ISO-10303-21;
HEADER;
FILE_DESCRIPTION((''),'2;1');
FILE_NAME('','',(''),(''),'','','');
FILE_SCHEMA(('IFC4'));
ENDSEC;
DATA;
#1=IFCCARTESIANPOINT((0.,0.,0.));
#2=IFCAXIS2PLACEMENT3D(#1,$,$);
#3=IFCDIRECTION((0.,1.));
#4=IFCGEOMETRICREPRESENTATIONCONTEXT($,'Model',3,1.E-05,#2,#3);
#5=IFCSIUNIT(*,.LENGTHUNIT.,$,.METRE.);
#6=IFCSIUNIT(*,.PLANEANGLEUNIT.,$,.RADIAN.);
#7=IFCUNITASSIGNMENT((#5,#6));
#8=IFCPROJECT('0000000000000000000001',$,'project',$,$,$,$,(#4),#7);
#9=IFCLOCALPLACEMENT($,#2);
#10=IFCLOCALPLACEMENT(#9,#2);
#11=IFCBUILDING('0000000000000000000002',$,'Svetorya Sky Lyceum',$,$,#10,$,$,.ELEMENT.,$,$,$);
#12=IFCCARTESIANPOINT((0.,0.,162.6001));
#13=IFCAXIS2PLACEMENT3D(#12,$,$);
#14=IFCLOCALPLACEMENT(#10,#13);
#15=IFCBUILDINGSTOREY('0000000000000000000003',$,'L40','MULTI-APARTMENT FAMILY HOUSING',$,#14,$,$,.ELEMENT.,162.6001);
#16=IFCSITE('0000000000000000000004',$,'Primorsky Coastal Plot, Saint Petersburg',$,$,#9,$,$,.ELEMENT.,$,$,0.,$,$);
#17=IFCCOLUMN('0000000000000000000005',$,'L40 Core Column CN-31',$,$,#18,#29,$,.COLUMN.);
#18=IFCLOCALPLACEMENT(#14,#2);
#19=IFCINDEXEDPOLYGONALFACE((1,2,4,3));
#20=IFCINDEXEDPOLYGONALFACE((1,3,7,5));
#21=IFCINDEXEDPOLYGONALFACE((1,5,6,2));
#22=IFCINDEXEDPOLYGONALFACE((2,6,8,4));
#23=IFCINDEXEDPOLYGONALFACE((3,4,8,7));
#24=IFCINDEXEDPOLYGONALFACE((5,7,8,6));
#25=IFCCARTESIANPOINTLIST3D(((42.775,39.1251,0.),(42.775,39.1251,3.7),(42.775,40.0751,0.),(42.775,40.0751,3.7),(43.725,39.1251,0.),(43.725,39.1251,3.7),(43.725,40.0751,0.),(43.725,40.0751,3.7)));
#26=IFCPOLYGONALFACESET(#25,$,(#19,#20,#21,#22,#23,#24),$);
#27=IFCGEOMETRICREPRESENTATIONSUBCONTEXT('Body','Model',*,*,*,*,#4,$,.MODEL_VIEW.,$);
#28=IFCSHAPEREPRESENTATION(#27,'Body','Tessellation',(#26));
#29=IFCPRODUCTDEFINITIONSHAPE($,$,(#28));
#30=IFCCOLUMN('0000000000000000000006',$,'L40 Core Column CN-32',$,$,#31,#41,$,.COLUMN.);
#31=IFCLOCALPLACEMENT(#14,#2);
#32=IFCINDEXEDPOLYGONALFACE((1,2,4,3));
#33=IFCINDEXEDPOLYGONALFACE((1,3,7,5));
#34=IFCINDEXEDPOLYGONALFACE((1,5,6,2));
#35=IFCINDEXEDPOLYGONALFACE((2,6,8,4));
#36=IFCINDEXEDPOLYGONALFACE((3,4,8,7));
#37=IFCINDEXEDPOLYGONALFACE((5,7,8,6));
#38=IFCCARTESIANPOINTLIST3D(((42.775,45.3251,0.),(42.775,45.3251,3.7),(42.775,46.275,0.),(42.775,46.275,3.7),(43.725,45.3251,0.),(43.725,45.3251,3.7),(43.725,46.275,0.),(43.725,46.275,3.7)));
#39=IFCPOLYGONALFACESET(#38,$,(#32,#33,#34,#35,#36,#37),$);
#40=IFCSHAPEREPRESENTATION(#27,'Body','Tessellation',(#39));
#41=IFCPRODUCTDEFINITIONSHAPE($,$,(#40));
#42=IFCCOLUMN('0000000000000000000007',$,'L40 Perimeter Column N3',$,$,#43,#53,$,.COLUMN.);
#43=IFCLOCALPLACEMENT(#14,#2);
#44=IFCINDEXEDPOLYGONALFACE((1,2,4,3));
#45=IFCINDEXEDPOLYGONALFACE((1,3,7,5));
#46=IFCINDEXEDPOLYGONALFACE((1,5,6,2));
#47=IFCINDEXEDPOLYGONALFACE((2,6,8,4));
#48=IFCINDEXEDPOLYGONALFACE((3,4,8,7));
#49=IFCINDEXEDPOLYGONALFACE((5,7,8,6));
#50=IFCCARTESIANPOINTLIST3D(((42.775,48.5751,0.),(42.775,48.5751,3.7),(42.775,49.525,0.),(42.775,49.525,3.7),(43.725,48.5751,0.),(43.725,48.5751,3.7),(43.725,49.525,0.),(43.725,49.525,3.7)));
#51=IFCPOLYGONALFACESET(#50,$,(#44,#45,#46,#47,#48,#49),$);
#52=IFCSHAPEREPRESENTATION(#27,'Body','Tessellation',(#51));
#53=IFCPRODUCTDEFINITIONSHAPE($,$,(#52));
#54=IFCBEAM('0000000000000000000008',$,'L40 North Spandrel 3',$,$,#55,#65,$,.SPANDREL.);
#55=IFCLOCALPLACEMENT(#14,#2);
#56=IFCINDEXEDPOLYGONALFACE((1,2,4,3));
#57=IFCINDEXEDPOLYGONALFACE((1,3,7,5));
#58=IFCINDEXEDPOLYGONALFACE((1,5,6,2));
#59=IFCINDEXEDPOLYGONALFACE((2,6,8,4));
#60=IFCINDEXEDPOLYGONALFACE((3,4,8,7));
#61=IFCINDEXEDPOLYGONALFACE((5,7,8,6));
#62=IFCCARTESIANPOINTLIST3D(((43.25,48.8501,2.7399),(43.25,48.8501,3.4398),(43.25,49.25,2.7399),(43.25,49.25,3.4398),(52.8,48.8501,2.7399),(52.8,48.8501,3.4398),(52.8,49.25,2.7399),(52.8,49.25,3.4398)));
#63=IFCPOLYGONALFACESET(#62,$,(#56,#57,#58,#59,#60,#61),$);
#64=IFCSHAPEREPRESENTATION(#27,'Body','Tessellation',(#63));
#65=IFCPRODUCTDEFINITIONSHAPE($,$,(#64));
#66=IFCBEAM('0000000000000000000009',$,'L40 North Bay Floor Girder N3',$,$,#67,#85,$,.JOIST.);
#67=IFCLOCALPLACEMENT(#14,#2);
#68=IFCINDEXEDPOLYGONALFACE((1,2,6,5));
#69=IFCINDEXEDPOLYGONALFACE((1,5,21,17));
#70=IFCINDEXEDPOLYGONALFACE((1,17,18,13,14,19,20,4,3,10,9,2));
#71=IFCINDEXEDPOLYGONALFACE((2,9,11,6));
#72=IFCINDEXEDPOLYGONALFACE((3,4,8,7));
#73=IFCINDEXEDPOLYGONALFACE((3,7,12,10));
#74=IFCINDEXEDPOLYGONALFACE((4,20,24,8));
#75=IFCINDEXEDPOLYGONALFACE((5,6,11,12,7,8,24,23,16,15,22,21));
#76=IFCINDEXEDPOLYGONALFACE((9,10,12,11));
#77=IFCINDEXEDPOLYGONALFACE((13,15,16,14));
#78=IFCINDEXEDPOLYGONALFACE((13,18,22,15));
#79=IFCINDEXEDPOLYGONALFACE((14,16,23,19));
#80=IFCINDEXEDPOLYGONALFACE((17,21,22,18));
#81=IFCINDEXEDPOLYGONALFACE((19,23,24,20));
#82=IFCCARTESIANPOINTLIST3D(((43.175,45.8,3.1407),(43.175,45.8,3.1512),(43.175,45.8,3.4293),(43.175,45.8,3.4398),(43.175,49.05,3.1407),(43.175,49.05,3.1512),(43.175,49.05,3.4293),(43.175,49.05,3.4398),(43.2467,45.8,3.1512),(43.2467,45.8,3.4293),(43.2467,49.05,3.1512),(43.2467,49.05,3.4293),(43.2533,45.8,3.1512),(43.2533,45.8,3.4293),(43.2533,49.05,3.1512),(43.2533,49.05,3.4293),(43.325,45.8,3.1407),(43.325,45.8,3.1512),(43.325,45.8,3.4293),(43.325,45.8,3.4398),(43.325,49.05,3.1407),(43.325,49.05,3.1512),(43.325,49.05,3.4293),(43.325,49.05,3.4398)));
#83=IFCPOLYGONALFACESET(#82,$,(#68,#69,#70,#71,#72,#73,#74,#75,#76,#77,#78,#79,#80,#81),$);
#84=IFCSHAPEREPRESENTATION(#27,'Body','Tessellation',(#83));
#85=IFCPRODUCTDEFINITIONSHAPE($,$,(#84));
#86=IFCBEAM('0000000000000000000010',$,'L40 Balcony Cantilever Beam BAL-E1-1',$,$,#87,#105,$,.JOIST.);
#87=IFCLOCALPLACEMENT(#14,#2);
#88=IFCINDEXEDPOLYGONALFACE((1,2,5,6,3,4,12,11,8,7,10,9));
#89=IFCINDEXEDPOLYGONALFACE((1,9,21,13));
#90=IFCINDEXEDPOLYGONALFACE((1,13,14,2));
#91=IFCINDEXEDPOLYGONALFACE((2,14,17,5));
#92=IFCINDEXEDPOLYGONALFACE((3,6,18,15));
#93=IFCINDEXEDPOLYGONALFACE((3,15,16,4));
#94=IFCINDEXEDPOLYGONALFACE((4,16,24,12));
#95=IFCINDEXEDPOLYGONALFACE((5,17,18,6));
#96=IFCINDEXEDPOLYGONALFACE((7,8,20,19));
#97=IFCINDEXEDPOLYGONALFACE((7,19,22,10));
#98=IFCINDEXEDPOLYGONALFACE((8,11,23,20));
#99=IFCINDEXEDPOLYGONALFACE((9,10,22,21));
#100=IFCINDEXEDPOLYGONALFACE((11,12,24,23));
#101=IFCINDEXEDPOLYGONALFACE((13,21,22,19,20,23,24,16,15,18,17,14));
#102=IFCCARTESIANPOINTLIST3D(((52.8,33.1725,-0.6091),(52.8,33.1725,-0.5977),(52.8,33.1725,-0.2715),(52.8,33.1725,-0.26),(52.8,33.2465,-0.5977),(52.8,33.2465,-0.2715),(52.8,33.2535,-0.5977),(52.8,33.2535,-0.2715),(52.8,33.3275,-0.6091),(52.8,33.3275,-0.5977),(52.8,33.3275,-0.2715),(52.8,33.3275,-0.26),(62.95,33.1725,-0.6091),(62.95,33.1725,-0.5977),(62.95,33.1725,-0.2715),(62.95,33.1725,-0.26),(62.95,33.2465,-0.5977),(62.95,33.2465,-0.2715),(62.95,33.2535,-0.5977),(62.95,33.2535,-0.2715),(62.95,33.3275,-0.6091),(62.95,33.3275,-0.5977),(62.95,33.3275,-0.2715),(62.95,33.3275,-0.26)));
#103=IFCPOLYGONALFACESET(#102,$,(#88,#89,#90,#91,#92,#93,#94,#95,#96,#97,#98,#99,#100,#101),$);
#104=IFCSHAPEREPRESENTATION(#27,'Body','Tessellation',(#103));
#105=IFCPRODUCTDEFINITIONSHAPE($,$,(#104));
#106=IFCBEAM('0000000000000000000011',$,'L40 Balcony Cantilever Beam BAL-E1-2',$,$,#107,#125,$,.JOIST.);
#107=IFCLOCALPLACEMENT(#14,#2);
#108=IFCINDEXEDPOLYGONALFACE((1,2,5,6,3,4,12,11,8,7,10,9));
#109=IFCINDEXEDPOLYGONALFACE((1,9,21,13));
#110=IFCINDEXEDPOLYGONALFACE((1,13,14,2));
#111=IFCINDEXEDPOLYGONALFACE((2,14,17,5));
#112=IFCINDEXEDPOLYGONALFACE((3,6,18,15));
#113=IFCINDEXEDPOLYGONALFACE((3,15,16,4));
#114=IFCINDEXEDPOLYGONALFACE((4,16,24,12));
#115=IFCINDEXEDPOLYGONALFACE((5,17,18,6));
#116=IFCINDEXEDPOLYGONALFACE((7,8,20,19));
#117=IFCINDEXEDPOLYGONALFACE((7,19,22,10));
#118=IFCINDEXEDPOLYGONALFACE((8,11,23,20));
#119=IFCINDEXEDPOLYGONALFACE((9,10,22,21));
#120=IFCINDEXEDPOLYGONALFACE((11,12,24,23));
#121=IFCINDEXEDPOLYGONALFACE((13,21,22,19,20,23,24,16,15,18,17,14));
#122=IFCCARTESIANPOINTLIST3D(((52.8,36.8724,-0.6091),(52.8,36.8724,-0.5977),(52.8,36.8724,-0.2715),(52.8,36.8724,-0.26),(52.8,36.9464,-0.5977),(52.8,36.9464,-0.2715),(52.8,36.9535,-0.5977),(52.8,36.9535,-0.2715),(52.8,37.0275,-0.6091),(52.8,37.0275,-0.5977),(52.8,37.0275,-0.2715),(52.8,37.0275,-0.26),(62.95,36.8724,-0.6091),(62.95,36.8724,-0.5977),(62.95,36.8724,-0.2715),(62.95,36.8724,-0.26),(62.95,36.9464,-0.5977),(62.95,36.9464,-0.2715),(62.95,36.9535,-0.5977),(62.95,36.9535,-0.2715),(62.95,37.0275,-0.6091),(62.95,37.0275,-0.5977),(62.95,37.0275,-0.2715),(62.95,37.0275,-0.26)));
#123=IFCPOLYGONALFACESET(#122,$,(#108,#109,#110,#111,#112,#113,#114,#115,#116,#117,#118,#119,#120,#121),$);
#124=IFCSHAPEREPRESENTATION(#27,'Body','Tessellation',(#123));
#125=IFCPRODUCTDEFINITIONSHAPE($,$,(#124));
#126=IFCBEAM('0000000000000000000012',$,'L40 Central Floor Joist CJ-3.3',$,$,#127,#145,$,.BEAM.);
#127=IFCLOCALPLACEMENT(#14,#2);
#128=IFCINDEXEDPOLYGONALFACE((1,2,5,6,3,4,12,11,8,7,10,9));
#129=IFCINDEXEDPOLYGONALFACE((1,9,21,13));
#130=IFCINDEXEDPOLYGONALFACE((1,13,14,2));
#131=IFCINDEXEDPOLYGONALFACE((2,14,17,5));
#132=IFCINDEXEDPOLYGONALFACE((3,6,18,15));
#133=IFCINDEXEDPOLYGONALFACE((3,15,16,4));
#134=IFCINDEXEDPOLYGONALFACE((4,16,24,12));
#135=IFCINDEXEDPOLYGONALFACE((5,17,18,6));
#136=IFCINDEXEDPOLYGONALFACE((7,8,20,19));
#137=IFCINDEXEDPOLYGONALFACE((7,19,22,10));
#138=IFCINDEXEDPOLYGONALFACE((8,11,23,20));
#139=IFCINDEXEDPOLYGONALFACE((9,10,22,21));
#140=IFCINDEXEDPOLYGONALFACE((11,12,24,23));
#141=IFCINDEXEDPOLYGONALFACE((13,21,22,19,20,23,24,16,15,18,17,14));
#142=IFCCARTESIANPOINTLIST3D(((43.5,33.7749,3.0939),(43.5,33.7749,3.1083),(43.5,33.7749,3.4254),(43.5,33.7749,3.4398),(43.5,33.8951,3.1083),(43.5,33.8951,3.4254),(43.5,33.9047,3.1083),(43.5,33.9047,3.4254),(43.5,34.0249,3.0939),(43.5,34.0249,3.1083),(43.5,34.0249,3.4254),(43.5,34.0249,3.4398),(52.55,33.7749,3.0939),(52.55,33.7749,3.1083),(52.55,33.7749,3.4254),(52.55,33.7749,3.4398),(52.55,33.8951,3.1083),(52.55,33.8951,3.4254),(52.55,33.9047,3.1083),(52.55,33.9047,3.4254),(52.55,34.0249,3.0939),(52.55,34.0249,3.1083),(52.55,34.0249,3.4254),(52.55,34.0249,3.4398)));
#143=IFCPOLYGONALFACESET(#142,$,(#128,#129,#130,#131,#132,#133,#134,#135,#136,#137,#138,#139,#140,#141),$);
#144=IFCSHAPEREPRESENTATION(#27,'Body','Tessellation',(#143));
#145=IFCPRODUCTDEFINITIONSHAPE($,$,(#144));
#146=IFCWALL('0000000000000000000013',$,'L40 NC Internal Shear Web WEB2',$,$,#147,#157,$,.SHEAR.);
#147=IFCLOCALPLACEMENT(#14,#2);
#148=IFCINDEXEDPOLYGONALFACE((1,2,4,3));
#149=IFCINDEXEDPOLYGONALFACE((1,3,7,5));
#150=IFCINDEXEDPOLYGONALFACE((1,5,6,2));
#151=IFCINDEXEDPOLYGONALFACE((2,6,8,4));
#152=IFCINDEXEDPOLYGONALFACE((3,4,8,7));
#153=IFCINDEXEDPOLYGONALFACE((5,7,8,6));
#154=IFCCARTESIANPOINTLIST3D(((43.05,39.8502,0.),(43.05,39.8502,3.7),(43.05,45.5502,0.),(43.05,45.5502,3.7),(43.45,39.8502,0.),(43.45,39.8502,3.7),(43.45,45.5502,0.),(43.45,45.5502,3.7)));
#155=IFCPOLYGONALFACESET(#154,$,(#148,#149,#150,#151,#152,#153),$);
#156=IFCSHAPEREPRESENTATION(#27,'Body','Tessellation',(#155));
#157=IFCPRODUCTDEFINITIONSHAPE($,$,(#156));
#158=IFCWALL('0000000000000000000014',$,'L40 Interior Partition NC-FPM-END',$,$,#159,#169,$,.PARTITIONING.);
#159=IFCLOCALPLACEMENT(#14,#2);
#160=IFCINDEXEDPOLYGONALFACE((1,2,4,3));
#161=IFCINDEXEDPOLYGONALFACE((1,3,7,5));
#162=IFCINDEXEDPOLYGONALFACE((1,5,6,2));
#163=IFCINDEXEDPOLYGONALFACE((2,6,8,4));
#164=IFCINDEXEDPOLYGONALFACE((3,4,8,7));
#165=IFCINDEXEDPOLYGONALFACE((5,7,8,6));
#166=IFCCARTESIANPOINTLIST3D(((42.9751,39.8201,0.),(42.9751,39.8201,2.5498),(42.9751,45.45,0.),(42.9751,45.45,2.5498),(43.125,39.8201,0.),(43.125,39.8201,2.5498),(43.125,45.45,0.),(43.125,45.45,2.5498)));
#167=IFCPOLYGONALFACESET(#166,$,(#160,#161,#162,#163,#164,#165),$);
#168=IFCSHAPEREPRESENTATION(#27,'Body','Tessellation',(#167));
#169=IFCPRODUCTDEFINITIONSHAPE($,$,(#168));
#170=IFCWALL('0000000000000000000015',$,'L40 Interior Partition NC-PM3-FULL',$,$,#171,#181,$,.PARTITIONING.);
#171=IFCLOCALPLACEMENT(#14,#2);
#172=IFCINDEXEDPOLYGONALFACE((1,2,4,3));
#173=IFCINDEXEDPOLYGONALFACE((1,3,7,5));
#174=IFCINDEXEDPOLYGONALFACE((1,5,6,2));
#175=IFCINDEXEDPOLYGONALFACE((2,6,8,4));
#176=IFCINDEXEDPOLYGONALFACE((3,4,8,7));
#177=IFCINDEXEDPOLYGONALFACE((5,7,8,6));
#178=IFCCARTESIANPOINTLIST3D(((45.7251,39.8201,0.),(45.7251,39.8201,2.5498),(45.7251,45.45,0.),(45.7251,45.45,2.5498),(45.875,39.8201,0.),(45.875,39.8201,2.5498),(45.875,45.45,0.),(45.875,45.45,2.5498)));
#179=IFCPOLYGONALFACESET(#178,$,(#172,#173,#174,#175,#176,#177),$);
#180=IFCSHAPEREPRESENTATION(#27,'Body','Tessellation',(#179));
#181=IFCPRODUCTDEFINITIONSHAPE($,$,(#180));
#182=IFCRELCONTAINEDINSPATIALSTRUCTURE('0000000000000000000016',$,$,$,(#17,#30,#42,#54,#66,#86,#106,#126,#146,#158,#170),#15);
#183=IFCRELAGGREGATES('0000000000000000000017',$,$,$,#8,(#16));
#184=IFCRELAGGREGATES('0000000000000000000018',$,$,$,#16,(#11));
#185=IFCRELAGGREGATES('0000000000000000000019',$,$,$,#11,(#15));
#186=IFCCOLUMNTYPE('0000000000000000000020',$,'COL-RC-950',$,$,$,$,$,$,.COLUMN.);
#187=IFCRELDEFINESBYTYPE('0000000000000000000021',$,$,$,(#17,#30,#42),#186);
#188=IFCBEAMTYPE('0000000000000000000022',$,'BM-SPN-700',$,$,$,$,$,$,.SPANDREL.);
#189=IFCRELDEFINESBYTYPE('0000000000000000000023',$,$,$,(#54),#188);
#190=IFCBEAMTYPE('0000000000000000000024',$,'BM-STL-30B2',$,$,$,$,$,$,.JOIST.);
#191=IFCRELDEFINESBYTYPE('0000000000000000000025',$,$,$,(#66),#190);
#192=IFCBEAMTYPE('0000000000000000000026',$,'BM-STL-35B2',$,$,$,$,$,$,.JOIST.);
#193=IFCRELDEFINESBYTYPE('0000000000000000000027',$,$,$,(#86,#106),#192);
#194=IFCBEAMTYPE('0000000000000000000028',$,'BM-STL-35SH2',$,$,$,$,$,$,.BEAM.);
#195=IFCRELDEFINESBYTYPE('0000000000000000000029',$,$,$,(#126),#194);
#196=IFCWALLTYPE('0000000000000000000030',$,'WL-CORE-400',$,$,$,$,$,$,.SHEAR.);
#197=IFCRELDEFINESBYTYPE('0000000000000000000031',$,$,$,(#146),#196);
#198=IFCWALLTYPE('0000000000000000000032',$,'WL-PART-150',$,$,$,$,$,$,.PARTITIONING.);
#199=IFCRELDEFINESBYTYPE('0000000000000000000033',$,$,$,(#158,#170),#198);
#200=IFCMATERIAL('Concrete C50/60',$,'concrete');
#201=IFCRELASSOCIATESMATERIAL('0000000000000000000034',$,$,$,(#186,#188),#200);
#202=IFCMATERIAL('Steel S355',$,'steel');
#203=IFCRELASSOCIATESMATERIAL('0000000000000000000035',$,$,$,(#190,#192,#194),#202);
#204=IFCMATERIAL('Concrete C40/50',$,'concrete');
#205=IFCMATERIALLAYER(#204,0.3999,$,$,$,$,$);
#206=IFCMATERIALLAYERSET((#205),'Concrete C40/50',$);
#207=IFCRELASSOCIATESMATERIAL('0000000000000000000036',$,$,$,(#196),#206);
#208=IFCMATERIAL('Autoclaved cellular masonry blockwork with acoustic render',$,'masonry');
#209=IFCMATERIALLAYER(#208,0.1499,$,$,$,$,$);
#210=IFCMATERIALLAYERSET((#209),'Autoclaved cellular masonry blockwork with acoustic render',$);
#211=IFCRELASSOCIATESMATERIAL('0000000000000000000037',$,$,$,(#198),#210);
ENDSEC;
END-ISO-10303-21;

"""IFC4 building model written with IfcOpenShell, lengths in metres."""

from ifc_helpers import new_model, si_unit, direction, frame, frame_2d, origin, origin_2d, place, context, subcontext, project, spatial, rectangle, i_section, extrude, material, layer, layer_set, material_profile, profile_set, type_object, element, save


model = new_model("IFC4")

# Units and contexts
model_context = context("Model", 3, precision=1e-05, world=origin(), true_north=direction((0.0, 1.0)))
body_context = subcontext(model_context, "Body", "Model", "MODEL_VIEW")
ifc_project = project(units=[si_unit("LENGTHUNIT", "METRE"), si_unit("PLANEANGLEUNIT", "RADIAN")], contexts=[model_context])

# Site, building, storey
site_placement = place(None, origin())
site = spatial("IfcSite", under=ifc_project, at=site_placement, Name="Primorsky Coastal Plot, Saint Petersburg", CompositionType="ELEMENT", RefElevation=0.0)
building_placement = place(site_placement, origin())
building = spatial("IfcBuilding", under=site, at=building_placement, Name="Svetorya Sky Lyceum", CompositionType="ELEMENT")
storey_placement = place(building_placement, frame((0.0, 0.0, 162.6001)))
storey = spatial("IfcBuildingStorey", under=building, at=storey_placement, Name="L40", Description="MULTI-APARTMENT FAMILY HOUSING", CompositionType="ELEMENT", Elevation=162.6001)

# Columns
ifc_material_1 = material(Name="Concrete C50/60", Category="concrete")
ifc_material_profile_1 = material_profile(ifc_material_1, rectangle(XDim=0.95, YDim=0.95, at=origin_2d()), Name="RC COL 950x950")
ifc_profile_set_1 = profile_set([ifc_material_profile_1], Name="Concrete C50/60")
column_type = type_object("IfcColumnType", Name="COL-RC-950", PredefinedType="COLUMN", material=ifc_profile_set_1)
for number, where, z_axis, x_axis, name in (
    (1, (43.25, 39.6001, 0.0), (0.0, 0.0, 1.0), (1.0, 0.0, 0.0), "L40 Core Column CN-31"),
    (2, (43.25, 45.8, 0.0), (0.0, 0.0, 1.0), (1.0, 0.0, 0.0), "L40 Core Column CN-32"),
    (3, (43.25, 49.05, 0.0), (0.0, 0.0, 1.0), (1.0, 0.0, 0.0), "L40 Perimeter Column N3"),
):
    element("IfcColumn", number, at=place(storey_placement, frame(where, z_axis=z_axis, x_axis=x_axis)), inside=storey, type_object=column_type, Name=name, PredefinedType="COLUMN", context=body_context, shape_type="SweptSolid", body=[
        extrude(rectangle(XDim=0.95, YDim=0.95, at=origin_2d()), origin(), (0.0, 0.0, 1.0), 3.7),
    ])

# Beams
ifc_material_profile_2 = material_profile(ifc_material_1, rectangle(XDim=0.3999, YDim=0.7, at=origin_2d()), Name="RC SPANDREL 400x700")
ifc_profile_set_2 = profile_set([ifc_material_profile_2], Name="Concrete C50/60")
beam_type_1 = type_object("IfcBeamType", Name="BM-SPN-700", PredefinedType="SPANDREL", material=ifc_profile_set_2)
beam_1_placement = place(storey_placement, frame((43.25, 49.05, 3.0898), z_axis=(1.0, 0.0, 0.0), x_axis=(0.0, 1.0, 0.0)))
element("IfcBeam", 4, at=beam_1_placement, inside=storey, type_object=beam_type_1, Name="L40 North Spandrel 3", PredefinedType="SPANDREL", context=body_context, shape_type="SweptSolid", body=[
    extrude(rectangle(XDim=0.3999, YDim=0.7, at=origin_2d()), origin(), (0.0, 0.0, 1.0), 9.55),
])
ifc_material_2 = material(Name="Steel S355", Category="steel")
ifc_material_profile_3 = material_profile(ifc_material_2, i_section(OverallWidth=0.1499, OverallDepth=0.2991, WebThickness=0.0066, FlangeThickness=0.0105, at=origin_2d()), Name="GOST 30B2")
ifc_profile_set_3 = profile_set([ifc_material_profile_3], Name="Steel S355")
beam_type_2 = type_object("IfcBeamType", Name="BM-STL-30B2", PredefinedType="JOIST", material=ifc_profile_set_3)
beam_2_placement = place(storey_placement, frame((43.25, 45.8, 3.2903), z_axis=(0.0, 1.0, 0.0), x_axis=(-1.0, 0.0, 0.0)))
element("IfcBeam", 5, at=beam_2_placement, inside=storey, type_object=beam_type_2, Name="L40 North Bay Floor Girder N3", PredefinedType="JOIST", context=body_context, shape_type="SweptSolid", body=[
    extrude(i_section(OverallWidth=0.1499, OverallDepth=0.2991, WebThickness=0.0066, FlangeThickness=0.0105, at=origin_2d()), origin(), (0.0, 0.0, 1.0), 3.25),
])
ifc_material_profile_4 = material_profile(ifc_material_2, i_section(OverallWidth=0.155, OverallDepth=0.3491, WebThickness=0.0071, FlangeThickness=0.0115, at=origin_2d()), Name="GOST 35B2")
ifc_profile_set_4 = profile_set([ifc_material_profile_4], Name="Steel S355")
beam_type_3 = type_object("IfcBeamType", Name="BM-STL-35B2", PredefinedType="JOIST", material=ifc_profile_set_4)
for number, where, z_axis, x_axis, name in (
    (6, (52.8, 33.25, -0.4346), (1.0, 0.0, 0.0), (0.0, 1.0, 0.0), "L40 Balcony Cantilever Beam BAL-E1-1"),
    (7, (52.8, 36.95, -0.4346), (1.0, 0.0, 0.0), (0.0, 1.0, 0.0), "L40 Balcony Cantilever Beam BAL-E1-2"),
):
    element("IfcBeam", number, at=place(storey_placement, frame(where, z_axis=z_axis, x_axis=x_axis)), inside=storey, type_object=beam_type_3, Name=name, PredefinedType="JOIST", context=body_context, shape_type="SweptSolid", body=[
        extrude(i_section(OverallWidth=0.155, OverallDepth=0.3491, WebThickness=0.0071, FlangeThickness=0.0115, at=origin_2d()), origin(), (0.0, 0.0, 1.0), 10.1499),
    ])
ifc_material_profile_5 = material_profile(ifc_material_2, i_section(OverallWidth=0.25, OverallDepth=0.3459, WebThickness=0.0095, FlangeThickness=0.0144, at=origin_2d()), Name="GOST 35Sh2")
ifc_profile_set_5 = profile_set([ifc_material_profile_5], Name="Steel S355")
beam_type_4 = type_object("IfcBeamType", Name="BM-STL-35SH2", PredefinedType="BEAM", material=ifc_profile_set_5)
beam_3_placement = place(storey_placement, frame((43.5, 33.8999, 3.2668), z_axis=(1.0, 0.0, 0.0), x_axis=(0.0, 1.0, 0.0)))
element("IfcBeam", 8, at=beam_3_placement, inside=storey, type_object=beam_type_4, Name="L40 Central Floor Joist CJ-3.3", PredefinedType="BEAM", context=body_context, shape_type="SweptSolid", body=[
    extrude(i_section(OverallWidth=0.25, OverallDepth=0.3459, WebThickness=0.0095, FlangeThickness=0.0144, at=origin_2d()), origin(), (0.0, 0.0, 1.0), 9.05),
])

# Wall
ifc_material_3 = material(Name="Concrete C40/50", Category="concrete")
ifc_layer_1 = layer(ifc_material_3, 0.3999)
ifc_layer_set_1 = layer_set([ifc_layer_1], Name="Concrete C40/50")
wall_type_1 = type_object("IfcWallType", Name="WL-CORE-400", PredefinedType="SHEAR", material=ifc_layer_set_1)
wall_1_placement = place(storey_placement, frame((43.25, 39.8501, 0.0), z_axis=(0.0, 0.0, 1.0), x_axis=(0.0, 1.0, 0.0)))
element("IfcWall", 9, at=wall_1_placement, inside=storey, type_object=wall_type_1, Name="L40 NC Internal Shear Web WEB2", PredefinedType="SHEAR", context=body_context, shape_type="SweptSolid", body=[
    extrude(rectangle(XDim=5.7, YDim=0.3999, at=frame_2d((2.8501, 0.0))), origin(), (0.0, 0.0, 1.0), 3.7),
])

# Walls
ifc_material_4 = material(Name="Autoclaved cellular masonry blockwork with acoustic render", Category="masonry")
ifc_layer_2 = layer(ifc_material_4, 0.1499)
ifc_layer_set_2 = layer_set([ifc_layer_2], Name="Autoclaved cellular masonry blockwork with acoustic render")
wall_type_2 = type_object("IfcWallType", Name="WL-PART-150", PredefinedType="PARTITIONING", material=ifc_layer_set_2)
for number, where, z_axis, x_axis, name in (
    (10, (43.05, 39.8201, 0.0), (0.0, 0.0, 1.0), (0.0, 1.0, 0.0), "L40 Interior Partition NC-FPM-END"),
    (11, (45.8, 39.8201, 0.0), (0.0, 0.0, 1.0), (0.0, 1.0, 0.0), "L40 Interior Partition NC-PM3-FULL"),
):
    element("IfcWall", number, at=place(storey_placement, frame(where, z_axis=z_axis, x_axis=x_axis)), inside=storey, type_object=wall_type_2, Name=name, PredefinedType="PARTITIONING", context=body_context, shape_type="SweptSolid", body=[
        extrude(rectangle(XDim=5.6299, YDim=0.1499, at=frame_2d((2.8149, 0.0))), origin(), (0.0, 0.0, 1.0), 2.5498),
    ])

save(model, "model.ifc")
